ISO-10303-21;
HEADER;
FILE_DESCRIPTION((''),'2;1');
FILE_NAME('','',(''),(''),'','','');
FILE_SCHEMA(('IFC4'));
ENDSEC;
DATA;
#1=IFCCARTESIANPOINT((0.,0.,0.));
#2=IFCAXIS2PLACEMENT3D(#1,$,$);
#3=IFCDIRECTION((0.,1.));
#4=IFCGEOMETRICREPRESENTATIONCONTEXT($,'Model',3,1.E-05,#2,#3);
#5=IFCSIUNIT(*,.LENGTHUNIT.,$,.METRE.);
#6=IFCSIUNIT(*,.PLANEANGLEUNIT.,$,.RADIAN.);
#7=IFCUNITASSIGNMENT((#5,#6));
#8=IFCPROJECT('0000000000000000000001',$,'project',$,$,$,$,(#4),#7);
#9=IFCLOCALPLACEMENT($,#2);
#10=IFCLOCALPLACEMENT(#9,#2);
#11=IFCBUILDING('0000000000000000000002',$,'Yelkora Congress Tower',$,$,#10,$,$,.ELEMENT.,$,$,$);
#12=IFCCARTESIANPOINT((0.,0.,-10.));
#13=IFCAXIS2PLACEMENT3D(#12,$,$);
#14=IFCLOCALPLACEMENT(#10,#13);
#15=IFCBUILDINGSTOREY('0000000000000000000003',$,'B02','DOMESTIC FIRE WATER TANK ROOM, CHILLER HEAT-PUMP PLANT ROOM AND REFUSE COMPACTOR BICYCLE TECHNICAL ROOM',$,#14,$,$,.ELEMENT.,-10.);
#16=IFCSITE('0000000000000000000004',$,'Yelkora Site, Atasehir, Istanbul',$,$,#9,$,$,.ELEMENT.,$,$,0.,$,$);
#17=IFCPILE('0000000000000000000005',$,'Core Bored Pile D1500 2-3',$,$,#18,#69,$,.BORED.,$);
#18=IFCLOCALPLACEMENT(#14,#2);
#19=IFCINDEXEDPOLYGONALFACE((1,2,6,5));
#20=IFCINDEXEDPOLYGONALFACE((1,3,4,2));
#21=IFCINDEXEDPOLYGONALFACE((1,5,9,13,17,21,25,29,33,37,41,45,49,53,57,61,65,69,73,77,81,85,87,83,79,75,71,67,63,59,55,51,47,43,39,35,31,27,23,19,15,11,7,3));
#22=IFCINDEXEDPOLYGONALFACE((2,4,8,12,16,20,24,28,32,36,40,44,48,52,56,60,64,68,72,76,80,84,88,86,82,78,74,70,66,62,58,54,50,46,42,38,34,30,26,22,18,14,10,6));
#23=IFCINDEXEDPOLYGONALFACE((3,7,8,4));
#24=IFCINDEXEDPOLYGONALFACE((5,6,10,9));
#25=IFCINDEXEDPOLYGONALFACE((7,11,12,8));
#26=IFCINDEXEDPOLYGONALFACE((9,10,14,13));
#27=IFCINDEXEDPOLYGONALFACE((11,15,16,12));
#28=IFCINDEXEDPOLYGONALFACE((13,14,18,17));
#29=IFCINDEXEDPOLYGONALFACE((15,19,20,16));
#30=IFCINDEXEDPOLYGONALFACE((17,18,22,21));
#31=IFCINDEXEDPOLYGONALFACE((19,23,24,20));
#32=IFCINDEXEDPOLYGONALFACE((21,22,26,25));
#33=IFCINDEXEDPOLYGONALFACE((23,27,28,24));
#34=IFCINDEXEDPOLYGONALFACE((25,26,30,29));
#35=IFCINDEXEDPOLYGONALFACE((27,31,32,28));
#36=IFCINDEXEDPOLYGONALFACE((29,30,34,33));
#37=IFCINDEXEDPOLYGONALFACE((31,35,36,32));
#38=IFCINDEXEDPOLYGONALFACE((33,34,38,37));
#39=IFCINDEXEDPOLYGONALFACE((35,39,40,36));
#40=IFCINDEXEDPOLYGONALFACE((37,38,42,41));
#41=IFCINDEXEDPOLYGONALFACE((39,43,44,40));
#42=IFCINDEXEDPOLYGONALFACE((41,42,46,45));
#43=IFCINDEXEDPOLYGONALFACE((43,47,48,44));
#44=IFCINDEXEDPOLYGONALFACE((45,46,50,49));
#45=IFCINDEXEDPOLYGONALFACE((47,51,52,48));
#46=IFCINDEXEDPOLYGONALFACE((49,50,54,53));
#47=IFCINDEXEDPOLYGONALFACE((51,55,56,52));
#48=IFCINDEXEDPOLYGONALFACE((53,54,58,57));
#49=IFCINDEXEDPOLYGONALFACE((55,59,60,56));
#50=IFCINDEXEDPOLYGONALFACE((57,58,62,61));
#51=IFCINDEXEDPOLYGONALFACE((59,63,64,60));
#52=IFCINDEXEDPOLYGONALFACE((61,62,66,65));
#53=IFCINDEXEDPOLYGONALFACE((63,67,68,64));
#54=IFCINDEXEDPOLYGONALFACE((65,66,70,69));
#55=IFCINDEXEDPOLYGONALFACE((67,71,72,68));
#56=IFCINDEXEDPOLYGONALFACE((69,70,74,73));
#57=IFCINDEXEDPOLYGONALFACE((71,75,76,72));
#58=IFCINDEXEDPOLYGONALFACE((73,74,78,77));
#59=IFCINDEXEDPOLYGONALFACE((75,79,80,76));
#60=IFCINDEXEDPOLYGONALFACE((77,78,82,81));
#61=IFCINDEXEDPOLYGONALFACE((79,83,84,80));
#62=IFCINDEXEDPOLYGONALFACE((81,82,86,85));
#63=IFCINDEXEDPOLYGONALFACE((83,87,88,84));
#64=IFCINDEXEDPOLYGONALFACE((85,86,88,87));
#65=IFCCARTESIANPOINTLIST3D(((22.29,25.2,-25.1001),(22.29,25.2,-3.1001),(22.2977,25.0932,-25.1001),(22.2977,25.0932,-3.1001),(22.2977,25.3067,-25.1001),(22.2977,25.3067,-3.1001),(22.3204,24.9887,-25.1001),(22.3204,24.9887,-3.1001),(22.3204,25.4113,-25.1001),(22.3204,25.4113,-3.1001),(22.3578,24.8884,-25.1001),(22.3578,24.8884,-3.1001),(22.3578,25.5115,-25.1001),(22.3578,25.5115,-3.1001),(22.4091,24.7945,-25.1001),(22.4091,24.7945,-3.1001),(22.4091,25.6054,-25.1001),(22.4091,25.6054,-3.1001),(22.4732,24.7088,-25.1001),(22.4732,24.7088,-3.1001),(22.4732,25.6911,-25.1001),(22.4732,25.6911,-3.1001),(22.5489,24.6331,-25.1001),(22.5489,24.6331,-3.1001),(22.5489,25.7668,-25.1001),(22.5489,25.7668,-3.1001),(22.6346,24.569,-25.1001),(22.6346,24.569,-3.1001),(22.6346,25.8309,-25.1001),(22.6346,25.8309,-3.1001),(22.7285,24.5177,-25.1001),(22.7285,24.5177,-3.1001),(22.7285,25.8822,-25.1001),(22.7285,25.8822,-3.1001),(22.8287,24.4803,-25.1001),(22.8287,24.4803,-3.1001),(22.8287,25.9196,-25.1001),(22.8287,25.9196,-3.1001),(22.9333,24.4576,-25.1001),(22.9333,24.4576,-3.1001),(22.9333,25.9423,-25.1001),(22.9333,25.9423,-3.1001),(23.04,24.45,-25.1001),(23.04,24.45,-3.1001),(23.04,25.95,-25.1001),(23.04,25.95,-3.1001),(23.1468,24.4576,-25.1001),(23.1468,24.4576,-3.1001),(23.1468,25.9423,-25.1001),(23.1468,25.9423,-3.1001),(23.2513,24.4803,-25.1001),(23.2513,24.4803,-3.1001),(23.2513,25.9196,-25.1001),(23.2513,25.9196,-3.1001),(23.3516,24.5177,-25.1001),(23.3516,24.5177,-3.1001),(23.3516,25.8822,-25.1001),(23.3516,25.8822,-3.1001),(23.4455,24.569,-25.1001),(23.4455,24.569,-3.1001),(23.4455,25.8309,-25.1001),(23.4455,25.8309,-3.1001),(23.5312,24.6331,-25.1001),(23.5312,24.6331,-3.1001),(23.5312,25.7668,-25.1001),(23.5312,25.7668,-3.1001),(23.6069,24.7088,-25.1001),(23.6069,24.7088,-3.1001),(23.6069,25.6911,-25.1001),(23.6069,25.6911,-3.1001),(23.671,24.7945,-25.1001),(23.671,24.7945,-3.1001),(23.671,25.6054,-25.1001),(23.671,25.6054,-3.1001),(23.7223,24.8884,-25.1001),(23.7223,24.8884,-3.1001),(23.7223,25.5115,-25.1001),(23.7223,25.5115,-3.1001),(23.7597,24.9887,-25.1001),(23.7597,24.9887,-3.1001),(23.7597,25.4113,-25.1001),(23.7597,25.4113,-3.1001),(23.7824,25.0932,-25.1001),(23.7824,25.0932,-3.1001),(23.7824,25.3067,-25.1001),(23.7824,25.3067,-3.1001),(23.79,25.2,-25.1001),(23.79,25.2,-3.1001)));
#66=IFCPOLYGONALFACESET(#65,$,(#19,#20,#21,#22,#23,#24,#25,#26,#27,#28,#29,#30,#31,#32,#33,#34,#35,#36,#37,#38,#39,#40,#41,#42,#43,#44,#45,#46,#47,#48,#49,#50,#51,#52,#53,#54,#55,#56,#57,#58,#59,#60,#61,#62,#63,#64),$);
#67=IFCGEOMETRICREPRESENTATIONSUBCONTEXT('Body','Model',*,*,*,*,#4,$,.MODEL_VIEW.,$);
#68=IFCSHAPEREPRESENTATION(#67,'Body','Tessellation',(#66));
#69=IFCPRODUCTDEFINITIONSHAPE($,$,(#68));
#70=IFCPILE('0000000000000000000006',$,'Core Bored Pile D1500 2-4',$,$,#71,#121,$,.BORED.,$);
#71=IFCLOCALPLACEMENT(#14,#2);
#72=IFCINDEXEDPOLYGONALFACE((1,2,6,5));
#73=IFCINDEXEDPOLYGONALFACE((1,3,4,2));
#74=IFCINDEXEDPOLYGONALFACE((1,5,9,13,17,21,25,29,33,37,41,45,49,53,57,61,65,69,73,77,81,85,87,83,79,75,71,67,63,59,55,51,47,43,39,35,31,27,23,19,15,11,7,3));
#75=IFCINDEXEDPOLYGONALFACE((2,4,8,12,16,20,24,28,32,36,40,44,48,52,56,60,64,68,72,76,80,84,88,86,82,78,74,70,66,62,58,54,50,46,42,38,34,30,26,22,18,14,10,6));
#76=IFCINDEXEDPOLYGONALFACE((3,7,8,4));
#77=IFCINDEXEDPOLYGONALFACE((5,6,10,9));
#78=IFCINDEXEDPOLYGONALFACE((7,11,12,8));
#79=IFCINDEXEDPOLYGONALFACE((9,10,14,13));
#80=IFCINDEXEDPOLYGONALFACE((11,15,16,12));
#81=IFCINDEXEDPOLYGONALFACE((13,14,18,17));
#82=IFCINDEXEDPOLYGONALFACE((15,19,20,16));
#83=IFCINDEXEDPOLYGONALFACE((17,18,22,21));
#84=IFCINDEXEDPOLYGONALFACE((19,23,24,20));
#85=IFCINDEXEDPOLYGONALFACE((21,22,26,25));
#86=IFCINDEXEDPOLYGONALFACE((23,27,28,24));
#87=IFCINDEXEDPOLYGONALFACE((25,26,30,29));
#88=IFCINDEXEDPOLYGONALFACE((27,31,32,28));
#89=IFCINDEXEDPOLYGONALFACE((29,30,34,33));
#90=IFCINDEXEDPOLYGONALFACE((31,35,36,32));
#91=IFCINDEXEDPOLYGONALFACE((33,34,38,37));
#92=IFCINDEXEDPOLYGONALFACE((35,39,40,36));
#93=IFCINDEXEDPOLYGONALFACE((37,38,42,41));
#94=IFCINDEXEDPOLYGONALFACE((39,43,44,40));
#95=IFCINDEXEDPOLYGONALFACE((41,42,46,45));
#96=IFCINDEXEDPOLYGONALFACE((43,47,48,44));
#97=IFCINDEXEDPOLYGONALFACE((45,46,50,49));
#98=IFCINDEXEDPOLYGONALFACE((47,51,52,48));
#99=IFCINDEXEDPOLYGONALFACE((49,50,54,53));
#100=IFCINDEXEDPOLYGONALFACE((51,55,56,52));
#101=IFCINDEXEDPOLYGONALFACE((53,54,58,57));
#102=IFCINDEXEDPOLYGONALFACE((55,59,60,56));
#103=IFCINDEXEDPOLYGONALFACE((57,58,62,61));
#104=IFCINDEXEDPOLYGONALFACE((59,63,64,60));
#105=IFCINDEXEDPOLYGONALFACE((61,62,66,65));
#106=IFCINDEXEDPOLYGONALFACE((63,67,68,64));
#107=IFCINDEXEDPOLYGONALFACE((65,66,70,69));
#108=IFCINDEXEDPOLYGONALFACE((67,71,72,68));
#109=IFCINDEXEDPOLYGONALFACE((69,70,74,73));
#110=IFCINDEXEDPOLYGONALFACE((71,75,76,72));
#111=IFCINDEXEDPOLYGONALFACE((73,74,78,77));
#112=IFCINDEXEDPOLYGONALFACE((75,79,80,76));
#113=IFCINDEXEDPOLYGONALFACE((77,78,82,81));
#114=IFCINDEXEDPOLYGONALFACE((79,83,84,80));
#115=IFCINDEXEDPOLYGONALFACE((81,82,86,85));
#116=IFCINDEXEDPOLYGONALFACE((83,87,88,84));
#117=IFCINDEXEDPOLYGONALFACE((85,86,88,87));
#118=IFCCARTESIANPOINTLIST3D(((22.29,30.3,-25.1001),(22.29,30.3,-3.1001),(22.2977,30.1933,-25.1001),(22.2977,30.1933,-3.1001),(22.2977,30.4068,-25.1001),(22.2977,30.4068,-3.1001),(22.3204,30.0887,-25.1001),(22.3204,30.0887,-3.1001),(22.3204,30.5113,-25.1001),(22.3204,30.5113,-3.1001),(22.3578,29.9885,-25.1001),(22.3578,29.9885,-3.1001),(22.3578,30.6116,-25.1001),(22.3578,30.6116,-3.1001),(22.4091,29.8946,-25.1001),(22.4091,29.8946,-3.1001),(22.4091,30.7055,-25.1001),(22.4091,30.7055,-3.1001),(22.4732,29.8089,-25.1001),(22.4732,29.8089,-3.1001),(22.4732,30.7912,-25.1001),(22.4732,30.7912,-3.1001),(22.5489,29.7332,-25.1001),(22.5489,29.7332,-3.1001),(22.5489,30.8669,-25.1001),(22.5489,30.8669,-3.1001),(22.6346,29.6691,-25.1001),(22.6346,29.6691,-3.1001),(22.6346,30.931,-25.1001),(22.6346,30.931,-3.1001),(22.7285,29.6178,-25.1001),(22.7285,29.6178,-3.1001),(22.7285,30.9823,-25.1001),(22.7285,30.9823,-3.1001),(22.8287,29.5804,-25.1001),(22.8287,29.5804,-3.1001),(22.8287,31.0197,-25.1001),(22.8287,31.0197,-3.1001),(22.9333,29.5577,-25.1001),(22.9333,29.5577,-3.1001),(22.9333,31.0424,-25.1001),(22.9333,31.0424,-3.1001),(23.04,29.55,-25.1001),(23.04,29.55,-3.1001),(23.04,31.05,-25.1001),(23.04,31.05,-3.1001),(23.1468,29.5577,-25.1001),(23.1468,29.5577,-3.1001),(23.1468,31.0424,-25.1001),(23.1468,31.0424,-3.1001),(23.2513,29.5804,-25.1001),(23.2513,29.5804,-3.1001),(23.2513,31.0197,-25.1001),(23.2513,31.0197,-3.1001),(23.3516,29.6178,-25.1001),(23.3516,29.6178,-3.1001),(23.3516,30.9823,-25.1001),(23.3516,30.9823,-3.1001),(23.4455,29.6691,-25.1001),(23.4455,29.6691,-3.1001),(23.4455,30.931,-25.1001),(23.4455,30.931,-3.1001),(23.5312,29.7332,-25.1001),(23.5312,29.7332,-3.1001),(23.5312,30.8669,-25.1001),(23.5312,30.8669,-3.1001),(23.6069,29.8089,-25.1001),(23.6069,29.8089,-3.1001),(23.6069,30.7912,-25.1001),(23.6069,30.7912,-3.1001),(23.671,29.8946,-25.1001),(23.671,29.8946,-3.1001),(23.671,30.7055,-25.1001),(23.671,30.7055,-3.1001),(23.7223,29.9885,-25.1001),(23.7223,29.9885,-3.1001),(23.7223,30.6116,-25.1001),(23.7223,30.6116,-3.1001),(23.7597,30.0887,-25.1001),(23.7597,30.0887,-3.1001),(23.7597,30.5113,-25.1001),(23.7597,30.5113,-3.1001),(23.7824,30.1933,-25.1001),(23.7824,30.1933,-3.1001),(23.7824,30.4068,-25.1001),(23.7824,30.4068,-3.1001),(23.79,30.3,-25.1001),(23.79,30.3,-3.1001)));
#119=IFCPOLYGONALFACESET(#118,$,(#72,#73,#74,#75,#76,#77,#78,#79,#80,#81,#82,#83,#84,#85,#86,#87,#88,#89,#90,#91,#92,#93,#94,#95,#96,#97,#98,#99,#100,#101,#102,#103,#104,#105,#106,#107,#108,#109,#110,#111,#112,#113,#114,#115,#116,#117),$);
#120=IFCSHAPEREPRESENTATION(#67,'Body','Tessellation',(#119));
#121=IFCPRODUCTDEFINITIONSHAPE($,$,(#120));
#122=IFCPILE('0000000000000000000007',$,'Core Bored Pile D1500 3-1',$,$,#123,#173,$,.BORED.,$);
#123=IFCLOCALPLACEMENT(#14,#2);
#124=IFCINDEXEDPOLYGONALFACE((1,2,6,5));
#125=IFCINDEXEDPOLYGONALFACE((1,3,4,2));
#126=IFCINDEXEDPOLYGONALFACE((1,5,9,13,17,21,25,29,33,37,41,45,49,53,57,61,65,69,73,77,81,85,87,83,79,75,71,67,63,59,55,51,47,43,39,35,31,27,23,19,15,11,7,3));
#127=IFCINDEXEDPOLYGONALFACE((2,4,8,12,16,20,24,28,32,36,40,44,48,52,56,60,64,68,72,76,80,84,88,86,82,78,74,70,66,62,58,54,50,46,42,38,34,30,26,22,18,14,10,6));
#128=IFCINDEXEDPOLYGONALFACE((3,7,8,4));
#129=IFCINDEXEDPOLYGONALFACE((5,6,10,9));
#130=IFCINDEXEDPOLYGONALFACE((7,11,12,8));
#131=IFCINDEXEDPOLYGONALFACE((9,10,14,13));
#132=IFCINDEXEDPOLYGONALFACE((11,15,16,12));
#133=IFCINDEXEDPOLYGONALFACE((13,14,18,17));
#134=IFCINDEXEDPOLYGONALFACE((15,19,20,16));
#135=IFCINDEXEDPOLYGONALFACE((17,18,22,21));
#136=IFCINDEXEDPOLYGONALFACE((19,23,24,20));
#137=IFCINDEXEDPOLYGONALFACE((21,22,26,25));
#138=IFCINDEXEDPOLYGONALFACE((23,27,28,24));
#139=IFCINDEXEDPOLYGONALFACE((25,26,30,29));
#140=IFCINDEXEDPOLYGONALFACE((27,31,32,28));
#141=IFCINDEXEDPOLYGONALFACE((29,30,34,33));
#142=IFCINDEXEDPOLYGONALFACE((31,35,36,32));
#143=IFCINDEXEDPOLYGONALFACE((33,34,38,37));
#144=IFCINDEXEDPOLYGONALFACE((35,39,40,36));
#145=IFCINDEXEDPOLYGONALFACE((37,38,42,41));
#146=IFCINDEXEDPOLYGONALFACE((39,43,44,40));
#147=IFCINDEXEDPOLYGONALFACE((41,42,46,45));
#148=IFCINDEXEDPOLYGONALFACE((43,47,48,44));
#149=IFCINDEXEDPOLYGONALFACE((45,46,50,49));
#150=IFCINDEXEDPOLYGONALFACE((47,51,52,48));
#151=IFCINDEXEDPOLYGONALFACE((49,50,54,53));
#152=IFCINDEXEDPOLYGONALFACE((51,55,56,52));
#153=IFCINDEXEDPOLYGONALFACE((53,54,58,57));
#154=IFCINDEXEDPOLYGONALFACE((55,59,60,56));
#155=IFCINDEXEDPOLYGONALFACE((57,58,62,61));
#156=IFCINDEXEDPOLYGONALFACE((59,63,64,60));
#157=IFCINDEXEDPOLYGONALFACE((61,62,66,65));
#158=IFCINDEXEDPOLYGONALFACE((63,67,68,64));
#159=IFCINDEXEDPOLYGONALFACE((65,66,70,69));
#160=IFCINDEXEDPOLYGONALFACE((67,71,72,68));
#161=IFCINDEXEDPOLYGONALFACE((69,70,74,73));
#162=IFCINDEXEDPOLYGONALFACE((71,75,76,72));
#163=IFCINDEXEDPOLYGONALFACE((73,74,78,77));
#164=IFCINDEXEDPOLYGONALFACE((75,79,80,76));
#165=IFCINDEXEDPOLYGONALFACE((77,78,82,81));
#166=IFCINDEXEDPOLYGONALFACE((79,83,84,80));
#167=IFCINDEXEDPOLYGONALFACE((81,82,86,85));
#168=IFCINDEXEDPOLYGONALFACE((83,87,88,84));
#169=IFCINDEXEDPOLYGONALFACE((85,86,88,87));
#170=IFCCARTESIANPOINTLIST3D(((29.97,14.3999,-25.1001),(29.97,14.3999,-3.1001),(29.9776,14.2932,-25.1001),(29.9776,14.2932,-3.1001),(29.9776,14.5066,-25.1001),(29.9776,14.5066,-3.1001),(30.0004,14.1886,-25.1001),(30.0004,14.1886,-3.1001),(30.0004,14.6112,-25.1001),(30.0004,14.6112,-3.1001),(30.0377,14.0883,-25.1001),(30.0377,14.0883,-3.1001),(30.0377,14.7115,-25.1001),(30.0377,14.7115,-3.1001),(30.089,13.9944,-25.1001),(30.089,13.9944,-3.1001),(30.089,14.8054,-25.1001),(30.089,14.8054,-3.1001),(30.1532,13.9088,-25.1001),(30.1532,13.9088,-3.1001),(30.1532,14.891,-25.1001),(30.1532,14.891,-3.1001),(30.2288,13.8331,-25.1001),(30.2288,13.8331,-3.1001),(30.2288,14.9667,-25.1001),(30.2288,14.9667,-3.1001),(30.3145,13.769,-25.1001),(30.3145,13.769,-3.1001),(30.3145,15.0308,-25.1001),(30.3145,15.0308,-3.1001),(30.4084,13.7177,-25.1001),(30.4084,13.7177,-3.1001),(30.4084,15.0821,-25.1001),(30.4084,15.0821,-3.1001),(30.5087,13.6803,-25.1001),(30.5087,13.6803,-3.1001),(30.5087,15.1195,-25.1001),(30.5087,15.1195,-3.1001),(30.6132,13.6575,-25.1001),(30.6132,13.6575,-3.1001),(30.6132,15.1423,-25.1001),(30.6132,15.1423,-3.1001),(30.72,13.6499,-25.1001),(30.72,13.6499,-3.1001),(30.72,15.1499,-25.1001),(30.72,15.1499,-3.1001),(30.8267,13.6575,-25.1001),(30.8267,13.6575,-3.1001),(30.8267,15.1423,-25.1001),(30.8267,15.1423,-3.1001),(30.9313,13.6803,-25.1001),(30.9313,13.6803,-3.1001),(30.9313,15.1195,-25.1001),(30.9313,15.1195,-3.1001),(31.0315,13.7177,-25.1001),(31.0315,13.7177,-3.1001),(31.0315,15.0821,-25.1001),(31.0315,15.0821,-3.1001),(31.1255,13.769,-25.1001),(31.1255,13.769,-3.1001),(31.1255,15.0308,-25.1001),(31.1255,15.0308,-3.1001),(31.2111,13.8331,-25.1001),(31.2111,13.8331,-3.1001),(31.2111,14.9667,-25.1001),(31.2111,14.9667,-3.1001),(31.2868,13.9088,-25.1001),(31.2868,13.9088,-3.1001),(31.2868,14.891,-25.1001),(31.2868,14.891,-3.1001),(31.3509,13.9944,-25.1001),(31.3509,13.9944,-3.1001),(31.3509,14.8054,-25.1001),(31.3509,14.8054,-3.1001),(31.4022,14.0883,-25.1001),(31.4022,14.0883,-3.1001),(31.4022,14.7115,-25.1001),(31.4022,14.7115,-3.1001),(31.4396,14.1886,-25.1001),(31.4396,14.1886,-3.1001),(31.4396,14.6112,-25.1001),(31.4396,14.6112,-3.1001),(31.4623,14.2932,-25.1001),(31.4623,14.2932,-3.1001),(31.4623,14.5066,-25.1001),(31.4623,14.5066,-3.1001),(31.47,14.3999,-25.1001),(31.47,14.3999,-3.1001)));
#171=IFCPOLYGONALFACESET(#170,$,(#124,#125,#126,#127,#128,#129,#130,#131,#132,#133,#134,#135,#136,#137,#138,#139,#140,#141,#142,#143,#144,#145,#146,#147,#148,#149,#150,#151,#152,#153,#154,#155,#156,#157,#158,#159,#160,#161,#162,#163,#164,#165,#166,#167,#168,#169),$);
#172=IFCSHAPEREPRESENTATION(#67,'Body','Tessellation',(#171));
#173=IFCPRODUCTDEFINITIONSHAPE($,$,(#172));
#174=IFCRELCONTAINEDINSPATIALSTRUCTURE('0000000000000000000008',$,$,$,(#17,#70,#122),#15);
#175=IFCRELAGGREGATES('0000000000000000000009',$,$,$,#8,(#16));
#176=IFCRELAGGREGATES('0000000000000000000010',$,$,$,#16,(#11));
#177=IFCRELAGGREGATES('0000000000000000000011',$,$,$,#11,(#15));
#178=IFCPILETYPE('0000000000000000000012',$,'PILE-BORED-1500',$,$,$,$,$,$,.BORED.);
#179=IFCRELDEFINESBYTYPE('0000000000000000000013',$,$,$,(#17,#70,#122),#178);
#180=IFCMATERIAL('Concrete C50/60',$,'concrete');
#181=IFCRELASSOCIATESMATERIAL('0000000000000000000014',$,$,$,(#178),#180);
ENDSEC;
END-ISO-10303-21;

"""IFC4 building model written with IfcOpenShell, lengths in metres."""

from ifc_helpers import new_model, si_unit, direction, frame, origin, origin_2d, place, context, subcontext, project, spatial, circle, extrude, material, material_profile, profile_set, type_object, element, save


model = new_model("IFC4")

# Units and contexts
model_context = context("Model", 3, precision=1e-05, world=origin(), true_north=direction((0.0, 1.0)))
body_context = subcontext(model_context, "Body", "Model", "MODEL_VIEW")
ifc_project = project(units=[si_unit("LENGTHUNIT", "METRE"), si_unit("PLANEANGLEUNIT", "RADIAN")], contexts=[model_context])

# Site, building, storey
site_placement = place(None, origin())
site = spatial("IfcSite", under=ifc_project, at=site_placement, Name="Yelkora Site, Atasehir, Istanbul", CompositionType="ELEMENT", RefElevation=0.0)
building_placement = place(site_placement, origin())
building = spatial("IfcBuilding", under=site, at=building_placement, Name="Yelkora Congress Tower", CompositionType="ELEMENT")
storey_placement = place(building_placement, frame((0.0, 0.0, -10.0)))
storey = spatial("IfcBuildingStorey", under=building, at=storey_placement, Name="B02", Description="DOMESTIC FIRE WATER TANK ROOM, CHILLER HEAT-PUMP PLANT ROOM AND REFUSE COMPACTOR BICYCLE TECHNICAL ROOM", CompositionType="ELEMENT", Elevation=-10.0)

# Piles
ifc_material_1 = material(Name="Concrete C50/60", Category="concrete")
ifc_material_profile_1 = material_profile(ifc_material_1, circle(Radius=0.75, at=origin_2d()), Name="PILE D1500")
ifc_profile_set_1 = profile_set([ifc_material_profile_1], Name="Concrete C50/60")
pile_type = type_object("IfcPileType", Name="PILE-BORED-1500", PredefinedType="BORED", material=ifc_profile_set_1)
for number, where, z_axis, x_axis, name in (
    (1, (23.04, 25.2, -3.1001), (0.0, 0.0, -1.0), (1.0, 0.0, 0.0), "Core Bored Pile D1500 2-3"),
    (2, (23.04, 30.3, -3.1001), (0.0, 0.0, -1.0), (1.0, 0.0, 0.0), "Core Bored Pile D1500 2-4"),
    (3, (30.72, 14.3999, -3.1001), (0.0, 0.0, -1.0), (1.0, 0.0, 0.0), "Core Bored Pile D1500 3-1"),
):
    element("IfcPile", number, at=place(storey_placement, frame(where, z_axis=z_axis, x_axis=x_axis)), inside=storey, type_object=pile_type, Name=name, PredefinedType="BORED", context=body_context, shape_type="SweptSolid", body=[
        extrude(circle(Radius=0.75, at=origin_2d()), origin(), (0.0, 0.0, 1.0), 22.0),
    ])

save(model, "model.ifc")
